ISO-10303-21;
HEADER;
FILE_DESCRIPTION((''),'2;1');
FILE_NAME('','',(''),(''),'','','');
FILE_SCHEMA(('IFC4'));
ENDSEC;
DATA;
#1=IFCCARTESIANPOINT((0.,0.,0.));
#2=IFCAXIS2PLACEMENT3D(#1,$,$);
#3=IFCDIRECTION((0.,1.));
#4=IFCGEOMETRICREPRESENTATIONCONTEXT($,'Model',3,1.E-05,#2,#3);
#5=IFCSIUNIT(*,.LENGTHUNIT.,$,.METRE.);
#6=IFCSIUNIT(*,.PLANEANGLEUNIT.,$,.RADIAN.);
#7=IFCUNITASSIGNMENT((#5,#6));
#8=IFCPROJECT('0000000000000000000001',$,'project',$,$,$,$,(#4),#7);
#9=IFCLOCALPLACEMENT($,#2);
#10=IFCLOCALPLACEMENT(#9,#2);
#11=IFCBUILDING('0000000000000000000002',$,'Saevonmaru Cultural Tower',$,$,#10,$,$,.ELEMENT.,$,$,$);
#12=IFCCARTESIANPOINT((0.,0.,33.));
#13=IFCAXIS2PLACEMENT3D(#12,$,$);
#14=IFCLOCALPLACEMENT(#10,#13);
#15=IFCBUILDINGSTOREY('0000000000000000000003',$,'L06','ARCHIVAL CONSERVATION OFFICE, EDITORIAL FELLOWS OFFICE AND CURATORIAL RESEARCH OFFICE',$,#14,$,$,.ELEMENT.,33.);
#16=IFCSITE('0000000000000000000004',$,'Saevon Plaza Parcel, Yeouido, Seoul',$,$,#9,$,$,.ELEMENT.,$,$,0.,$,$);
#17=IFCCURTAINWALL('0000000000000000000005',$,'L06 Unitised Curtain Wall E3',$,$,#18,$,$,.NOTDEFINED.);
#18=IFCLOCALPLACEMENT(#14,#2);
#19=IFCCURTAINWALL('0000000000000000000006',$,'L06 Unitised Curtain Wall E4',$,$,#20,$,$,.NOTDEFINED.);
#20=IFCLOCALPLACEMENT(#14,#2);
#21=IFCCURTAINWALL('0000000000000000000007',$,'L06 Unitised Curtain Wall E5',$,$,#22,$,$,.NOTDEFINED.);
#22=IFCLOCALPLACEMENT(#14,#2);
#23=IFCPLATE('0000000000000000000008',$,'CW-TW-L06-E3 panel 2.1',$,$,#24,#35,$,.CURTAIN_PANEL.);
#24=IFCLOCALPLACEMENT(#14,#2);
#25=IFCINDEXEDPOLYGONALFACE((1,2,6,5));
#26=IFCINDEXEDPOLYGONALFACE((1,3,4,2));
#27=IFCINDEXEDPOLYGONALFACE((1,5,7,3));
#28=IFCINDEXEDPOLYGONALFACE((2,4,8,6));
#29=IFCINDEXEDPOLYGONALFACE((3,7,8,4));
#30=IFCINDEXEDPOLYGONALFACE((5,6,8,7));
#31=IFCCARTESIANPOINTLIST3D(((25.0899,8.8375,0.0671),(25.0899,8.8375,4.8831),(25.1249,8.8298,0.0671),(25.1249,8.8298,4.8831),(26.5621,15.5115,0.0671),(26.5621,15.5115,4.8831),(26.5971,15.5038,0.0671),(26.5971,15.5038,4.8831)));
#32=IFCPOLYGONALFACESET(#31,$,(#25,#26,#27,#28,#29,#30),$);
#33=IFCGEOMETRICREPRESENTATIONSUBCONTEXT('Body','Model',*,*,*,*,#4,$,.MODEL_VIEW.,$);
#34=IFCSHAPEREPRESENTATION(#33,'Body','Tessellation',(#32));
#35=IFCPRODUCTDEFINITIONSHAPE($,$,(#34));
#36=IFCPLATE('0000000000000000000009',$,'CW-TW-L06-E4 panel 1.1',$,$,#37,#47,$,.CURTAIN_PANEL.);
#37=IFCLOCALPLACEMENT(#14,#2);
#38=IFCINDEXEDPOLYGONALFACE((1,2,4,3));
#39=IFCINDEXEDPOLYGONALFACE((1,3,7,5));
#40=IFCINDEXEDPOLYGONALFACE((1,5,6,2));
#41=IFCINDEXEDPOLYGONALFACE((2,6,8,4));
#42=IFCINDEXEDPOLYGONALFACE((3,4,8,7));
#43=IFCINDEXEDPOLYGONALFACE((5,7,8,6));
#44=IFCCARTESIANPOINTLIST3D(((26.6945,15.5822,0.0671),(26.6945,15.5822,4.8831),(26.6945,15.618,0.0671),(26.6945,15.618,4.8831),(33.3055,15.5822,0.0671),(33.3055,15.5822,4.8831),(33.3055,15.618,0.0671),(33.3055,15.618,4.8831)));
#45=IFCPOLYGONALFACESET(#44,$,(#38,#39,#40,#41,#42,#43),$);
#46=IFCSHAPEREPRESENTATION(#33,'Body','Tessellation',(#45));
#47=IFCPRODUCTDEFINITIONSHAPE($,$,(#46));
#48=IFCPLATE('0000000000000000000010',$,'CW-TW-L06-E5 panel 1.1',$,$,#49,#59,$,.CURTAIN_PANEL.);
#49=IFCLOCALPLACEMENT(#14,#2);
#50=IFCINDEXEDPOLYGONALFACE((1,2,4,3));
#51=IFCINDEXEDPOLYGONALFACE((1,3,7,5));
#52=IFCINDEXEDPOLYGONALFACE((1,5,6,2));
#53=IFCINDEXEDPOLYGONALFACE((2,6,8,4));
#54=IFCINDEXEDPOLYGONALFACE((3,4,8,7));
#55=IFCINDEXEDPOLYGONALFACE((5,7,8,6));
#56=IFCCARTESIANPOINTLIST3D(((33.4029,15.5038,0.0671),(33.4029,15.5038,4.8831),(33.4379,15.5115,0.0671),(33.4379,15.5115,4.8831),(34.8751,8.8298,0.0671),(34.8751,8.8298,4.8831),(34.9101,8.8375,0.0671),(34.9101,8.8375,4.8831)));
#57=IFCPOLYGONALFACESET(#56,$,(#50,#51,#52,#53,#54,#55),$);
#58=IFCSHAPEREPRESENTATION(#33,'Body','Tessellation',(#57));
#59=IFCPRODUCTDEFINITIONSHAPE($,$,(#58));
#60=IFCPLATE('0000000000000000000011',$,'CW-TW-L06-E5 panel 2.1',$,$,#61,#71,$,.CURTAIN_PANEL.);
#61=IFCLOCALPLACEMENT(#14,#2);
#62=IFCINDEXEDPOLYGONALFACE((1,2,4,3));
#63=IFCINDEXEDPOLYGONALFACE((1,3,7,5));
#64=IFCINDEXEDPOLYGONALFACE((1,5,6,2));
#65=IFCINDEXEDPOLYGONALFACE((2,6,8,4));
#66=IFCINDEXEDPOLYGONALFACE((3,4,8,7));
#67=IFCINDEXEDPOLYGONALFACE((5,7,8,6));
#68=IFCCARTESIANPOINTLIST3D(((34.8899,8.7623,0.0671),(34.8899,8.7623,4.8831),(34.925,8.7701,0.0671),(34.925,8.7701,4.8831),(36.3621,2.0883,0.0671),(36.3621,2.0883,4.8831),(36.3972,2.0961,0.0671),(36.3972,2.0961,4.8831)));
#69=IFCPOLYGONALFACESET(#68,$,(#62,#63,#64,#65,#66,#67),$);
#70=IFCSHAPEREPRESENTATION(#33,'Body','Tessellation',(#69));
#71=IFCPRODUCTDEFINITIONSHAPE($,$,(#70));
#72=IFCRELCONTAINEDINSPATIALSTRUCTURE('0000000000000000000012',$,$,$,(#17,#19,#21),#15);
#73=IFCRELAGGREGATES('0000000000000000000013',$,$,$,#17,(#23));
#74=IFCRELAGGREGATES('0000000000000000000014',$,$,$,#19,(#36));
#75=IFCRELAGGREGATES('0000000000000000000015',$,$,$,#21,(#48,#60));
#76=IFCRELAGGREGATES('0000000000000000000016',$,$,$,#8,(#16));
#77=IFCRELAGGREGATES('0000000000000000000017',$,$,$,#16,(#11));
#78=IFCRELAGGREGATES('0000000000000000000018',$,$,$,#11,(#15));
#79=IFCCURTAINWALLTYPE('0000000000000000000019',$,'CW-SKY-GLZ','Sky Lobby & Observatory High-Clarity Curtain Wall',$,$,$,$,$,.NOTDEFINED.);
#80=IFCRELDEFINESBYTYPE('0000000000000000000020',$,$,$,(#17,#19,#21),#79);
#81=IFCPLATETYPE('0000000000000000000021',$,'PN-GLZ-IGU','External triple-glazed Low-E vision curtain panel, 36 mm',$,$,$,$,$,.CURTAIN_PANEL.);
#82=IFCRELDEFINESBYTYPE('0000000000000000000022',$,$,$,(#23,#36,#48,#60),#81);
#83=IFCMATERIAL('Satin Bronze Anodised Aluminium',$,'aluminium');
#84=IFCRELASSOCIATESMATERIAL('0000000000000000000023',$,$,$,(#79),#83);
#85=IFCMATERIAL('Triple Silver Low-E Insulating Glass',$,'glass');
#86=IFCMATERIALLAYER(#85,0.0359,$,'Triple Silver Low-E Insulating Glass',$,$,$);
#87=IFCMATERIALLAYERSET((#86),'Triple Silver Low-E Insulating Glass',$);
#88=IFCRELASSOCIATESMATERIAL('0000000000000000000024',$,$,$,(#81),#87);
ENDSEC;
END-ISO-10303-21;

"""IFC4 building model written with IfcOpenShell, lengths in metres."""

from ifc_helpers import new_model, si_unit, direction, frame, origin, origin_2d, place, context, subcontext, project, spatial, rectangle, extrude, material, layer, layer_set, type_object, element, aggregate, save


model = new_model("IFC4")

# Units and contexts
model_context = context("Model", 3, precision=1e-05, world=origin(), true_north=direction((0.0, 1.0)))
body_context = subcontext(model_context, "Body", "Model", "MODEL_VIEW")
ifc_project = project(units=[si_unit("LENGTHUNIT", "METRE"), si_unit("PLANEANGLEUNIT", "RADIAN")], contexts=[model_context])

# Site, building, storey
site_placement = place(None, origin())
site = spatial("IfcSite", under=ifc_project, at=site_placement, Name="Saevon Plaza Parcel, Yeouido, Seoul", CompositionType="ELEMENT", RefElevation=0.0)
building_placement = place(site_placement, origin())
building = spatial("IfcBuilding", under=site, at=building_placement, Name="Saevonmaru Cultural Tower", CompositionType="ELEMENT")
storey_placement = place(building_placement, frame((0.0, 0.0, 33.0)))
storey = spatial("IfcBuildingStorey", under=building, at=storey_placement, Name="L06", Description="ARCHIVAL CONSERVATION OFFICE, EDITORIAL FELLOWS OFFICE AND CURATORIAL RESEARCH OFFICE", CompositionType="ELEMENT", Elevation=33.0)

# Curtain walls
ifc_material_1 = material(Name="Satin Bronze Anodised Aluminium", Category="aluminium")
curtain_wall_type = type_object("IfcCurtainWallType", Name="CW-SKY-GLZ", Description="Sky Lobby & Observatory High-Clarity Curtain Wall", PredefinedType="NOTDEFINED", material=ifc_material_1)
curtain_wall_1_placement = place(storey_placement, origin())
curtain_wall_1 = element("IfcCurtainWall", 1, at=curtain_wall_1_placement, inside=storey, type_object=curtain_wall_type, Name="L06 Unitised Curtain Wall E3", PredefinedType="NOTDEFINED")
curtain_wall_2_placement = place(storey_placement, origin())
curtain_wall_2 = element("IfcCurtainWall", 2, at=curtain_wall_2_placement, inside=storey, type_object=curtain_wall_type, Name="L06 Unitised Curtain Wall E4", PredefinedType="NOTDEFINED")
curtain_wall_3_placement = place(storey_placement, origin())
curtain_wall_3 = element("IfcCurtainWall", 3, at=curtain_wall_3_placement, inside=storey, type_object=curtain_wall_type, Name="L06 Unitised Curtain Wall E5", PredefinedType="NOTDEFINED")

# Plates
ifc_material_2 = material(Name="Triple Silver Low-E Insulating Glass", Category="glass")
ifc_layer_1 = layer(ifc_material_2, 0.0359, Name="Triple Silver Low-E Insulating Glass")
ifc_layer_set_1 = layer_set([ifc_layer_1], Name="Triple Silver Low-E Insulating Glass")
plate_type_1 = type_object("IfcPlateType", Name="PN-GLZ-IGU", Description="External triple-glazed Low-E vision curtain panel, 36 mm", PredefinedType="CURTAIN_PANEL", material=ifc_layer_set_1)
plate_1_placement = place(storey_placement, frame((25.8435, 12.1707, 0.0671), z_axis=(0.0, 0.0, 1.0), x_axis=(0.215413, 0.976523, 0.0)))
plate_1 = element("IfcPlate", 4, at=plate_1_placement, type_object=plate_type_1, Name="CW-TW-L06-E3 panel 2.1", PredefinedType="CURTAIN_PANEL", context=body_context, shape_type="SweptSolid", body=[
    extrude(rectangle(XDim=6.8345, YDim=0.0359, at=origin_2d()), origin(), (0.0, 0.0, 1.0), 4.8159),
])
aggregate(curtain_wall_1, [plate_1])
plate_2_placement = place(storey_placement, frame((30.0, 15.6001, 0.0671), z_axis=(0.0, 0.0, 1.0), x_axis=(1.0, 0.0, 0.0)))
plate_2 = element("IfcPlate", 5, at=plate_2_placement, type_object=plate_type_1, Name="CW-TW-L06-E4 panel 1.1", PredefinedType="CURTAIN_PANEL", context=body_context, shape_type="SweptSolid", body=[
    extrude(rectangle(XDim=6.6111, YDim=0.0359, at=origin_2d()), origin(), (0.0, 0.0, 1.0), 4.8159),
])
aggregate(curtain_wall_2, [plate_2])
plate_3_placement = place(storey_placement, frame((34.1565, 12.1707, 0.0671), z_axis=(0.0, 0.0, 1.0), x_axis=(0.215413, -0.976523, 0.0)))
plate_3 = element("IfcPlate", 6, at=plate_3_placement, type_object=plate_type_1, Name="CW-TW-L06-E5 panel 1.1", PredefinedType="CURTAIN_PANEL", context=body_context, shape_type="SweptSolid", body=[
    extrude(rectangle(XDim=6.8345, YDim=0.0359, at=origin_2d()), origin(), (0.0, 0.0, 1.0), 4.8159),
])
plate_4_placement = place(storey_placement, frame((35.6436, 5.4292, 0.0671), z_axis=(0.0, 0.0, 1.0), x_axis=(0.215413, -0.976523, 0.0)))
plate_4 = element("IfcPlate", 7, at=plate_4_placement, type_object=plate_type_1, Name="CW-TW-L06-E5 panel 2.1", PredefinedType="CURTAIN_PANEL", context=body_context, shape_type="SweptSolid", body=[
    extrude(rectangle(XDim=6.8345, YDim=0.0359, at=origin_2d()), origin(), (0.0, 0.0, 1.0), 4.8159),
])
aggregate(curtain_wall_3, [plate_3, plate_4])

save(model, "model.ifc")
